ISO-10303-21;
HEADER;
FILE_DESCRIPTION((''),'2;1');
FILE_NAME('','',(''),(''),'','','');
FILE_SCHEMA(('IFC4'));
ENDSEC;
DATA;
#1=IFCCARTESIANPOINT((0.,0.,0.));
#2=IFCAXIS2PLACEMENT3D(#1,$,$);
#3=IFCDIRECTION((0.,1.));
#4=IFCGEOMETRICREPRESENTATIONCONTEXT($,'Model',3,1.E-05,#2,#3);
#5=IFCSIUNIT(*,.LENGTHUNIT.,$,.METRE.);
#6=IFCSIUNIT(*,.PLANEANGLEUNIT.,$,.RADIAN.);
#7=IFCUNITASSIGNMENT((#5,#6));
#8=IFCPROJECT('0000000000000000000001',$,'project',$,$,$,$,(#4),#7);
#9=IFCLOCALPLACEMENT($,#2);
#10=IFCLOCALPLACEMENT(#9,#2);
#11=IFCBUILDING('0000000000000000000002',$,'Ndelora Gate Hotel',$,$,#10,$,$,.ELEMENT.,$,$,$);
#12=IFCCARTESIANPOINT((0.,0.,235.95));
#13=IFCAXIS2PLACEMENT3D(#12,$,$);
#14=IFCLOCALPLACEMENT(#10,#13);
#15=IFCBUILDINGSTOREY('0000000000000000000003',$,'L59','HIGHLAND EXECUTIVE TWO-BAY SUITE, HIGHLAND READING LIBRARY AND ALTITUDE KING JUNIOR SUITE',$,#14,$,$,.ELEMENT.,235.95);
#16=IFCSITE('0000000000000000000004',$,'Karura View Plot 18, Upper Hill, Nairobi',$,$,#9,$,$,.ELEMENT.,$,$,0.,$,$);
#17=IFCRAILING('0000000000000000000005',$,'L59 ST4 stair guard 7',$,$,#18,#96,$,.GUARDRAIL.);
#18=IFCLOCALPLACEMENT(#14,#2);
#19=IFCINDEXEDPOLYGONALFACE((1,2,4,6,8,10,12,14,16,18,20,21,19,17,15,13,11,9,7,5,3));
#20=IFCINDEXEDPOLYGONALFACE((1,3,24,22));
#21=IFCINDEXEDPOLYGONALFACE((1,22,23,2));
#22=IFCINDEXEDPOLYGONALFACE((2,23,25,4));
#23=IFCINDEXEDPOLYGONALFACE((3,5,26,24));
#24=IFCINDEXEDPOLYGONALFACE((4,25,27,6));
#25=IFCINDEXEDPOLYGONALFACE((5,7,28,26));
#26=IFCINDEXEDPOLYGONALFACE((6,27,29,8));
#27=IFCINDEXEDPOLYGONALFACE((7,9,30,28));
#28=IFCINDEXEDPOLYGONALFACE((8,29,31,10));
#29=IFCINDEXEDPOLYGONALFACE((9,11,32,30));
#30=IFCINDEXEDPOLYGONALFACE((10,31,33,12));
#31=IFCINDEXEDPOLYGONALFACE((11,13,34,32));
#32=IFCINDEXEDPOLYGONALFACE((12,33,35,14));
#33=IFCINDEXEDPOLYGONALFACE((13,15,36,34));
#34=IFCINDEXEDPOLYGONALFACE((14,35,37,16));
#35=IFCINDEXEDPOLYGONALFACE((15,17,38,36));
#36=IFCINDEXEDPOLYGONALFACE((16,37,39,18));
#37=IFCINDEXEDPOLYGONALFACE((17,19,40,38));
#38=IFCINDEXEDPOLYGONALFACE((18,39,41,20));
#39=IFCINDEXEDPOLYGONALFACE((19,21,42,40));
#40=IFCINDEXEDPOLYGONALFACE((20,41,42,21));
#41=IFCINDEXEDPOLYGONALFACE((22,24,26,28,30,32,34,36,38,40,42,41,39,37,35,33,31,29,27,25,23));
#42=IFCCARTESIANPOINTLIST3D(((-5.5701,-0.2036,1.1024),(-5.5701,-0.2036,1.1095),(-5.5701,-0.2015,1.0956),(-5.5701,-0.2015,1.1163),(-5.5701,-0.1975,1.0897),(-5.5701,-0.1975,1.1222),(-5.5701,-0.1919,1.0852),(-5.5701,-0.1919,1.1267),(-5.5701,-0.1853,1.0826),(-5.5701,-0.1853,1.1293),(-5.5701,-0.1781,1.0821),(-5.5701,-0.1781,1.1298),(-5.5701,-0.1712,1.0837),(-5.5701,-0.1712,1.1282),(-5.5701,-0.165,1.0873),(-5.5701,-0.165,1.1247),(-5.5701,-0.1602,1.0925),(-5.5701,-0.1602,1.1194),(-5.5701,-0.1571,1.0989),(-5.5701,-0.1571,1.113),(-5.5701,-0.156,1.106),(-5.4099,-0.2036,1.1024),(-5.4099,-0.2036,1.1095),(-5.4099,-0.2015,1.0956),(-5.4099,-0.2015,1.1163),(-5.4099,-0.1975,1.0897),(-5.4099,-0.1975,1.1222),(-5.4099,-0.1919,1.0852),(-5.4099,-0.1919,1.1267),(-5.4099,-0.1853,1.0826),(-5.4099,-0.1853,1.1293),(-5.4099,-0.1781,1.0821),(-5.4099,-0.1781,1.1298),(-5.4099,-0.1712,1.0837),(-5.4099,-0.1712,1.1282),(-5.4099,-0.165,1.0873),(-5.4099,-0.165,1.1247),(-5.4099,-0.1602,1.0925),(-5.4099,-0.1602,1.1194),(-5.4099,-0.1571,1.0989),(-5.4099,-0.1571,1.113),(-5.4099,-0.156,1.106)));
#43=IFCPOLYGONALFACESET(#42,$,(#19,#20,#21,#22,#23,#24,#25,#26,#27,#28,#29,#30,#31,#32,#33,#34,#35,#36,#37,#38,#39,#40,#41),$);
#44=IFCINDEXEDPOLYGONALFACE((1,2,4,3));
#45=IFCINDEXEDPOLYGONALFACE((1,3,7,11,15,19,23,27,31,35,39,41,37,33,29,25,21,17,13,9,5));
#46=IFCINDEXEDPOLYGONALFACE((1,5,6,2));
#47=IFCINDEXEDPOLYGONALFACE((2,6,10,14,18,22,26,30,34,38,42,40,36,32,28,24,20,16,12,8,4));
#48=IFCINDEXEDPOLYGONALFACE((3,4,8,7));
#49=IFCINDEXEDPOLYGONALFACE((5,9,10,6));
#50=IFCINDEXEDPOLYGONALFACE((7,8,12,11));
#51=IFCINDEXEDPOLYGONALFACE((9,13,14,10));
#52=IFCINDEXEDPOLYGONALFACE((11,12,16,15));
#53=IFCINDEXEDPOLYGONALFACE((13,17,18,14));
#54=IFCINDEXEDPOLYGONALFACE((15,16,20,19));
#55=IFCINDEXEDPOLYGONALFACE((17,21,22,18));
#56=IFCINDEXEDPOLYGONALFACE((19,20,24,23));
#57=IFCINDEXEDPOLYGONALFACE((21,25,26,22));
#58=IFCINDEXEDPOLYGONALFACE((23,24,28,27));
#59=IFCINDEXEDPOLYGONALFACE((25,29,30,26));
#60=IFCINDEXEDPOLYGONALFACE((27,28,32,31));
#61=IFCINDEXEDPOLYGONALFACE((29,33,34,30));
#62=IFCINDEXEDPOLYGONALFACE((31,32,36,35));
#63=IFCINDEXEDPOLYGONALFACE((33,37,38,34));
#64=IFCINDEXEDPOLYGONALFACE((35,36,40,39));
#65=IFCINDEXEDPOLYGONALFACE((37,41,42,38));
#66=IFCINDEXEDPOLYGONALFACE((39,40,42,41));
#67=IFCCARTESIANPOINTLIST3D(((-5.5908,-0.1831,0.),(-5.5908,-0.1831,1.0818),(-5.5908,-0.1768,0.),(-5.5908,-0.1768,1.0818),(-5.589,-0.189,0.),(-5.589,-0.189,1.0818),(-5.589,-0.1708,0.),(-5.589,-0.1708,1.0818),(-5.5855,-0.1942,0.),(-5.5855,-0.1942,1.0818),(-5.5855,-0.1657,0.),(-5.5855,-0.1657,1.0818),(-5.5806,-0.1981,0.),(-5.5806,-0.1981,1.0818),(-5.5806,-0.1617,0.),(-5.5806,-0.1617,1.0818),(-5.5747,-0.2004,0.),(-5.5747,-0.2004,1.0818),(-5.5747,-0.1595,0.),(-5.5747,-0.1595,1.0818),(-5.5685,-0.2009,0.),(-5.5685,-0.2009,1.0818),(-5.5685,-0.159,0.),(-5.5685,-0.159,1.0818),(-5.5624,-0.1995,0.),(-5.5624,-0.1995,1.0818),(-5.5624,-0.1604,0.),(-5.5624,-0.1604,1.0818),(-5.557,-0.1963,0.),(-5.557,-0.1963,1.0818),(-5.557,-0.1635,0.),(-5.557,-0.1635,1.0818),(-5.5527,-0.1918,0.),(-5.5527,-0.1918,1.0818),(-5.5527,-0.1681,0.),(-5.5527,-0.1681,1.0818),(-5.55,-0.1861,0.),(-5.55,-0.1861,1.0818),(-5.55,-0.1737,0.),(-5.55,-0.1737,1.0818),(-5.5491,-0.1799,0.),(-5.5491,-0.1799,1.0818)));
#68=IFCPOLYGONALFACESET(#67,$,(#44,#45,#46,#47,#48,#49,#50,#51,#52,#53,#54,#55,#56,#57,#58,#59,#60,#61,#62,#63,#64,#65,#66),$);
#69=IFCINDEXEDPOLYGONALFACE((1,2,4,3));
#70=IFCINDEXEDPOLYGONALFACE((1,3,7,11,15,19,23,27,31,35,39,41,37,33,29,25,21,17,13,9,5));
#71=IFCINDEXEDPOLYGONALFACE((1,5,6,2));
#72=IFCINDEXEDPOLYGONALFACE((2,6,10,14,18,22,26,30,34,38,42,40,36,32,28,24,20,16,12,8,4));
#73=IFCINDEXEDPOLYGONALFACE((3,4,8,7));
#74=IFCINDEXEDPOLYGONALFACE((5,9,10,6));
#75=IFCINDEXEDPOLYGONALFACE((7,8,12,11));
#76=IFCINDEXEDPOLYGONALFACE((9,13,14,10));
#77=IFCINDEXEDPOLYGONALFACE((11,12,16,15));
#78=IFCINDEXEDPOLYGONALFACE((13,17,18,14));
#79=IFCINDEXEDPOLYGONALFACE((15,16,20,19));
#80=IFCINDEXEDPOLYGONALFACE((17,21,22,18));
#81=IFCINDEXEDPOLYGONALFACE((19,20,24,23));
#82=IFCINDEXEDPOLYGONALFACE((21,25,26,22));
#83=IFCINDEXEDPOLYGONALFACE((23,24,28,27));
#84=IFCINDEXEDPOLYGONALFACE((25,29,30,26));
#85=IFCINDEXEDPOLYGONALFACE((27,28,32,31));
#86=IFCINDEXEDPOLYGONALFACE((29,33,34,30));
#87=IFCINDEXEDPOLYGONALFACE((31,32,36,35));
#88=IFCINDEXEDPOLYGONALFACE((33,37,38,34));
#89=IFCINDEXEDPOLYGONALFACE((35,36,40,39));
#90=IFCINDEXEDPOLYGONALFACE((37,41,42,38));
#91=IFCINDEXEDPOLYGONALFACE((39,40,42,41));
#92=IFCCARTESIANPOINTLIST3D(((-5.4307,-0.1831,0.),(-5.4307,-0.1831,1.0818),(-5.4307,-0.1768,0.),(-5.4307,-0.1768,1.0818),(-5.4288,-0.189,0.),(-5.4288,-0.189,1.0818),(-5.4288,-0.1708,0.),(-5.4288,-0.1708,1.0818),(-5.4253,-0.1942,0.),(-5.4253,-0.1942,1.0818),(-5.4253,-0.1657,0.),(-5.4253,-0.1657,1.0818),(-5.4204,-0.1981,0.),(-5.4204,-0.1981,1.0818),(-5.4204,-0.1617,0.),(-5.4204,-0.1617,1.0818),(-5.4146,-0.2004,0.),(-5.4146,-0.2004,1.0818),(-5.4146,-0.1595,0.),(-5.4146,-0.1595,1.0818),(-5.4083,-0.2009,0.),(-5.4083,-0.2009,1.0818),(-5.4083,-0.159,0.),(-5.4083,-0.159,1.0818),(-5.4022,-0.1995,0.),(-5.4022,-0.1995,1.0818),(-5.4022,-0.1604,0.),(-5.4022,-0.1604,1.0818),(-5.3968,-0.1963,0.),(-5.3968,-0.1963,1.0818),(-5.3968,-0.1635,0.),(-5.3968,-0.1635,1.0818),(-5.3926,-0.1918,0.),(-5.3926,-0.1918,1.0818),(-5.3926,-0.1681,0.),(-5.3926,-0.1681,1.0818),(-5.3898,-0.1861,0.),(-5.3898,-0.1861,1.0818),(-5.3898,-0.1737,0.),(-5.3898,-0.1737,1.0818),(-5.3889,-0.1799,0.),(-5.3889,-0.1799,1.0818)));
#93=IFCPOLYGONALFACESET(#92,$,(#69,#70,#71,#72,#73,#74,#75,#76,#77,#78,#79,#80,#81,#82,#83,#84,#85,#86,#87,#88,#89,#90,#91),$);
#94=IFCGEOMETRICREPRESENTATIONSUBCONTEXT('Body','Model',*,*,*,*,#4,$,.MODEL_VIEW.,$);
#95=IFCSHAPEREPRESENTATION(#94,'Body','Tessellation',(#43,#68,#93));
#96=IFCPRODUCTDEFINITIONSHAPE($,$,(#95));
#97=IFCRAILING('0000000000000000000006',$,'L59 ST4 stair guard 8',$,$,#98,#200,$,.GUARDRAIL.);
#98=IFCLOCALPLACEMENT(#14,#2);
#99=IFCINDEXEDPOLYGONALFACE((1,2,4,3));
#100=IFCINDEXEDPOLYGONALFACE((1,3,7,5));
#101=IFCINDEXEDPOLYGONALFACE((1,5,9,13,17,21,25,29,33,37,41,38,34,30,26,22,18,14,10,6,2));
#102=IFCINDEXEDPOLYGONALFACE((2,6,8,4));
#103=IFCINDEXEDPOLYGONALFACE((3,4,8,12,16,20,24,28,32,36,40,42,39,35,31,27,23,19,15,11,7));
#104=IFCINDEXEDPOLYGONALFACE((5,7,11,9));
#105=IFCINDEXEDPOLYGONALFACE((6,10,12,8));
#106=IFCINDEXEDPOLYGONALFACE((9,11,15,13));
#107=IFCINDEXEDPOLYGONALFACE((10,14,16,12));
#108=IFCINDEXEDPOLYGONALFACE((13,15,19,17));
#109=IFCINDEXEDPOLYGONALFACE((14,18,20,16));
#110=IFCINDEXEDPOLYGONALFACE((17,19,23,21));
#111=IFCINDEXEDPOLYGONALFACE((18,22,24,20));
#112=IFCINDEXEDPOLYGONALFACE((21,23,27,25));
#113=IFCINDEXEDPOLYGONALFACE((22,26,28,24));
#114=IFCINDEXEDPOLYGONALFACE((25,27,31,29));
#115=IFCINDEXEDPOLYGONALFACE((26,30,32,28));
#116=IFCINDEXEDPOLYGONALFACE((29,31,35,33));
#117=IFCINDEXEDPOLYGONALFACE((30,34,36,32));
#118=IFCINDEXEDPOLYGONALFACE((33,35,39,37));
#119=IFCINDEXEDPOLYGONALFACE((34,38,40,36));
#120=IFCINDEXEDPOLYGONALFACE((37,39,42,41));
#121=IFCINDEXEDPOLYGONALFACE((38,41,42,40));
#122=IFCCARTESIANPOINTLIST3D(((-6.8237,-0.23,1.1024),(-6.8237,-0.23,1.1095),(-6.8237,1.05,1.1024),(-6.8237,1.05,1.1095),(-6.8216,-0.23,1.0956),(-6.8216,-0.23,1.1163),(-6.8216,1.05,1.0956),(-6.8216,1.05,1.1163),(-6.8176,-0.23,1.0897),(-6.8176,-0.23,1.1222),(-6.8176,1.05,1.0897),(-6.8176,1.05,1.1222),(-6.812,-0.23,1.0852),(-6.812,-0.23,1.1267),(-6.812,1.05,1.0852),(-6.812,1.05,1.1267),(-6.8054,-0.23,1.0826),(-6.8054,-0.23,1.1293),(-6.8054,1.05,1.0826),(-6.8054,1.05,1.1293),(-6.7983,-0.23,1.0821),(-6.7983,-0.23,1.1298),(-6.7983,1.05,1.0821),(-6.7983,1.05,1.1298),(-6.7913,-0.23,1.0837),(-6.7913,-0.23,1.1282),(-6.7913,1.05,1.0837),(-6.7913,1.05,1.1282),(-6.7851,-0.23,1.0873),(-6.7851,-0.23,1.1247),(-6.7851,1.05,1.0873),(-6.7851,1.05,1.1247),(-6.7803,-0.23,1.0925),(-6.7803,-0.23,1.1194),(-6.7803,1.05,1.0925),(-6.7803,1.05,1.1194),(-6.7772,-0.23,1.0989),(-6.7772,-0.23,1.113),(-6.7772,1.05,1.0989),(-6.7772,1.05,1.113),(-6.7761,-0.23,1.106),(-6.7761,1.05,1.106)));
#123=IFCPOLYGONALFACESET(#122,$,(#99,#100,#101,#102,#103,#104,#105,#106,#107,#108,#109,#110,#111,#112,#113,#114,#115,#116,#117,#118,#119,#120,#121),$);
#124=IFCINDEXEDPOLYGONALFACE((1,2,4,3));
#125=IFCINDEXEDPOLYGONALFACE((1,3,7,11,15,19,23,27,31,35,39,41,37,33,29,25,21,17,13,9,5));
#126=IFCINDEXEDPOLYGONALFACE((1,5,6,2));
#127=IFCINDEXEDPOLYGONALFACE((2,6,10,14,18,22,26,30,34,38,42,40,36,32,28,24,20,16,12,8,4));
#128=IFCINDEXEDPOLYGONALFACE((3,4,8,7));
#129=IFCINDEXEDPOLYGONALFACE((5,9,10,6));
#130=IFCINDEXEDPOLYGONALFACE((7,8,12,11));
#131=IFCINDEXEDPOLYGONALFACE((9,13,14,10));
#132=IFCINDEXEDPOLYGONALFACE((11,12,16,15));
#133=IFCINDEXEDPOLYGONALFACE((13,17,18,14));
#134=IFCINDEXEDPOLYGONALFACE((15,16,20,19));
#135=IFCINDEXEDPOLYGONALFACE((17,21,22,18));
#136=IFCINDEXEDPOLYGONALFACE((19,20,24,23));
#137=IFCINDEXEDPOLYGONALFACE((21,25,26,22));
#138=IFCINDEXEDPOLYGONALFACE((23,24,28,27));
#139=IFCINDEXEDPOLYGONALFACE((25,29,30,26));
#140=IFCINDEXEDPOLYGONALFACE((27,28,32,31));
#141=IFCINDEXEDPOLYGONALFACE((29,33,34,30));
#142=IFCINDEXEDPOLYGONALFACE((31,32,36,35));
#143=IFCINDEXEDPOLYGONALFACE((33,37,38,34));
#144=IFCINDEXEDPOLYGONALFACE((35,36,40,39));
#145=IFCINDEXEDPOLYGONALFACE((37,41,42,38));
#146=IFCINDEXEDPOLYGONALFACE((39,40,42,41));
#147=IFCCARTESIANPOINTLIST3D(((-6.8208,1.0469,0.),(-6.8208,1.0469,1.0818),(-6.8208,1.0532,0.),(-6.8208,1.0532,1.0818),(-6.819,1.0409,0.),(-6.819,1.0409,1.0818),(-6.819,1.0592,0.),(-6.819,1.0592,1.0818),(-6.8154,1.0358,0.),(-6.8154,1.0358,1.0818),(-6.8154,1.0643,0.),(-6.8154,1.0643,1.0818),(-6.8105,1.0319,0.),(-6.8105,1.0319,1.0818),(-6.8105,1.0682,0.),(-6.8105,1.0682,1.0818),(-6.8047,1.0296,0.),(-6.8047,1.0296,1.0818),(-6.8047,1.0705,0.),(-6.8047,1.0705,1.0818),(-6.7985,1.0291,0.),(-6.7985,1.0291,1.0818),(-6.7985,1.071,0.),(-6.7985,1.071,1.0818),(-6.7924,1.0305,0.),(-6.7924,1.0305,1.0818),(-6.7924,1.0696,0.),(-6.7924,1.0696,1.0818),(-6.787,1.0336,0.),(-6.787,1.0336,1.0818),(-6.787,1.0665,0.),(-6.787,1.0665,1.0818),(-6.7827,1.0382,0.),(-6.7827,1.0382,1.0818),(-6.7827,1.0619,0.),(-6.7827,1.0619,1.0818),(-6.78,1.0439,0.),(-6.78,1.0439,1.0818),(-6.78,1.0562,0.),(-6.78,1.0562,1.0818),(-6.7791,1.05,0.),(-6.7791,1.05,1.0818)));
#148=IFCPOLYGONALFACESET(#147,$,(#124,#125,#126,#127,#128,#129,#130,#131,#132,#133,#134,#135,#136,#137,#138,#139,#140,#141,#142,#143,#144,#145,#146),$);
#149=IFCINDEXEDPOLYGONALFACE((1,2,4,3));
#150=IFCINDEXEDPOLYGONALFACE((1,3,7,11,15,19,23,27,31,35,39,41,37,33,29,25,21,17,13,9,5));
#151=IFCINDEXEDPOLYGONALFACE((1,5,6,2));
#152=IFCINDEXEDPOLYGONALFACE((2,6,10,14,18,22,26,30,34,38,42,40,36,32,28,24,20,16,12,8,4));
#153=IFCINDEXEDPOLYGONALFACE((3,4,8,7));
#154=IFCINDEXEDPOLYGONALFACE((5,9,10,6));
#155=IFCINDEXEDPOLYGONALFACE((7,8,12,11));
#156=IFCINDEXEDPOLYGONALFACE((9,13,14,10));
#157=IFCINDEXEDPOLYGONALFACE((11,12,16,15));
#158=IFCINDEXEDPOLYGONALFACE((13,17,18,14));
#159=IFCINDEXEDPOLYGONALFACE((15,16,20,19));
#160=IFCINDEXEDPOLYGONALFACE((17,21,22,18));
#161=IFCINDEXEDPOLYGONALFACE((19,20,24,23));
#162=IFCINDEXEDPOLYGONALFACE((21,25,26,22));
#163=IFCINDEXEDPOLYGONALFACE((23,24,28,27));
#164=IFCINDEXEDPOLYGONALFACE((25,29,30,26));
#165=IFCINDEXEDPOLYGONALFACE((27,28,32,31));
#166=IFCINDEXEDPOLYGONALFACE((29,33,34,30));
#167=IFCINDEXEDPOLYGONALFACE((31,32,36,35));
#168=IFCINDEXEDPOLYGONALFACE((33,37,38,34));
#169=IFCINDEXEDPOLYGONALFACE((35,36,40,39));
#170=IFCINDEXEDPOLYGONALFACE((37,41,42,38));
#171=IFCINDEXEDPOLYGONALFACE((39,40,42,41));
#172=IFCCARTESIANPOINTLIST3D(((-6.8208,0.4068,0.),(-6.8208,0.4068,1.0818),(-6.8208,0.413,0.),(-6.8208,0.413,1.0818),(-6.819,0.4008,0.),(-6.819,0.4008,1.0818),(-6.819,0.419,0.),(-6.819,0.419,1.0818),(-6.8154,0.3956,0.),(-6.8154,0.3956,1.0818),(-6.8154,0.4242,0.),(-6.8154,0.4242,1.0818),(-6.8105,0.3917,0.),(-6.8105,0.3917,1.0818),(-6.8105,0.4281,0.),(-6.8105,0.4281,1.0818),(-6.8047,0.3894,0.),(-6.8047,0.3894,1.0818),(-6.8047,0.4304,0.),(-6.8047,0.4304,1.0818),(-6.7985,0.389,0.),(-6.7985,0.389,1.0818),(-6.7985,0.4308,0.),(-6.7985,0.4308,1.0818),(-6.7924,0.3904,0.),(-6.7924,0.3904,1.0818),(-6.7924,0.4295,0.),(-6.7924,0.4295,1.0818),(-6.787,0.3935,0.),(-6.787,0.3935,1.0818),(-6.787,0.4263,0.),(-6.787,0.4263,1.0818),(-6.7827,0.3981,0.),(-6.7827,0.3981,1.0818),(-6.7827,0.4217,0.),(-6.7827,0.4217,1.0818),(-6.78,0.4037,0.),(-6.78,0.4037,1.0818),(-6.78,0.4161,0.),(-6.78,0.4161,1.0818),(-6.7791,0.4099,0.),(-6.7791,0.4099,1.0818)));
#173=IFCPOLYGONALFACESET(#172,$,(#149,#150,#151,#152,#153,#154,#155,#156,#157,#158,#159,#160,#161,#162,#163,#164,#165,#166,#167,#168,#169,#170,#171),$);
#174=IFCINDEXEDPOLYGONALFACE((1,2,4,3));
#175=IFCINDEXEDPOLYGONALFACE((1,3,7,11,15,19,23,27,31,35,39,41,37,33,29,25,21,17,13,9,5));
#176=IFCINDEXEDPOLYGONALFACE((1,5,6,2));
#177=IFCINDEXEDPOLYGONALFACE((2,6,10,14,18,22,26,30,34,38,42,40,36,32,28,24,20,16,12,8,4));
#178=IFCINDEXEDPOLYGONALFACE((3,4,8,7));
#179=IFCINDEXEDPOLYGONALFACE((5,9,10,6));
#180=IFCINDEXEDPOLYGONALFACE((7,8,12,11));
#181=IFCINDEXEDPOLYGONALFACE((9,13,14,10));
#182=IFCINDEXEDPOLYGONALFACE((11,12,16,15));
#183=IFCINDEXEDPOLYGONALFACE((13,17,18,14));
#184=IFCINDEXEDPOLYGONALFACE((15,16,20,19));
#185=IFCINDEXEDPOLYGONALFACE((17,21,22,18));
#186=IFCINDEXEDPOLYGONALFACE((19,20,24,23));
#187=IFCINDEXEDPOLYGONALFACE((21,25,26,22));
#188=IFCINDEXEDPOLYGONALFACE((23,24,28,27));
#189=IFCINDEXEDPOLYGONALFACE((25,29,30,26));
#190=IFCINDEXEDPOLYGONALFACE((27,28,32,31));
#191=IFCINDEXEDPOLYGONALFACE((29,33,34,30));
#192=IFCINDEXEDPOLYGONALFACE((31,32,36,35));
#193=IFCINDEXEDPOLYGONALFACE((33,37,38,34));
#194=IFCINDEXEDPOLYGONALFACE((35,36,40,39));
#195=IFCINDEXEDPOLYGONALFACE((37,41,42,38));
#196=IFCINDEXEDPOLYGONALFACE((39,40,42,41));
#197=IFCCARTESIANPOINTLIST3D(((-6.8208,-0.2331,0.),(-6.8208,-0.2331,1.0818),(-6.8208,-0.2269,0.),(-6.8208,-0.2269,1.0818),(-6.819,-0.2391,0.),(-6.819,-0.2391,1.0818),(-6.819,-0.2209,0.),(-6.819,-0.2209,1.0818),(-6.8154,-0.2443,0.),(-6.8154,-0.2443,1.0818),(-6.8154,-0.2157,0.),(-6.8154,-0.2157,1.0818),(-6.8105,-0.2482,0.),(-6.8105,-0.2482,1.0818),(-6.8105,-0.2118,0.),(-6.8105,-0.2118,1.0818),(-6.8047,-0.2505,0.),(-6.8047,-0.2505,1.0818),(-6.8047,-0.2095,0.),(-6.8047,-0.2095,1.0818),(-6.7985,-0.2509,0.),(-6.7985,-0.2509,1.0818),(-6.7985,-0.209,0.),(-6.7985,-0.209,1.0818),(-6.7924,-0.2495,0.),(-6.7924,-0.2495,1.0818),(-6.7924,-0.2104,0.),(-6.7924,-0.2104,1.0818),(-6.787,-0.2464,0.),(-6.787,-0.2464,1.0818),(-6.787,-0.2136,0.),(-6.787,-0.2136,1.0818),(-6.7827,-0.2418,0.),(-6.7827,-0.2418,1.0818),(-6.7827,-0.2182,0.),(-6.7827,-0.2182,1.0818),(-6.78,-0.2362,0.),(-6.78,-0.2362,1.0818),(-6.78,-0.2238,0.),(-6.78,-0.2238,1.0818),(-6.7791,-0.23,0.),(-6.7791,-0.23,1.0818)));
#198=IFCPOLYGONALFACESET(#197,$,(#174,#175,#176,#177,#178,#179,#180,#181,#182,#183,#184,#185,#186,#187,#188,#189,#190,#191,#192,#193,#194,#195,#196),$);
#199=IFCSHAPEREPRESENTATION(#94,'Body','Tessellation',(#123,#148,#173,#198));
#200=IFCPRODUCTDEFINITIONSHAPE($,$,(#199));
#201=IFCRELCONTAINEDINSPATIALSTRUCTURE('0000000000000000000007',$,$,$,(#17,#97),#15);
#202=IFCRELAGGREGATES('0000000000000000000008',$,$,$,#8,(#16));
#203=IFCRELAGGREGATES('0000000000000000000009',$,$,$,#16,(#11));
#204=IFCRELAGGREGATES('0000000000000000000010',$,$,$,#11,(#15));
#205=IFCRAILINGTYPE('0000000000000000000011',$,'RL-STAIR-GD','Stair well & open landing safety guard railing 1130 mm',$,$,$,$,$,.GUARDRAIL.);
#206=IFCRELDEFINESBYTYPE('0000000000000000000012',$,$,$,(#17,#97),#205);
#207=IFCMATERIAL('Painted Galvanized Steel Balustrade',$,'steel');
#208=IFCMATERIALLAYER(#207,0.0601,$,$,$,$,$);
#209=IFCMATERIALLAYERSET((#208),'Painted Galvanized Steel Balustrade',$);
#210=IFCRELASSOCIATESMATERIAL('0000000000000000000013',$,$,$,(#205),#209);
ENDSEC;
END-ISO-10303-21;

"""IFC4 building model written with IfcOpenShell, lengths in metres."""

from ifc_helpers import new_model, si_unit, direction, frame, origin, origin_2d, place, context, subcontext, project, spatial, circle, extrude, material, layer, layer_set, type_object, element, save


model = new_model("IFC4")

# Units and contexts
model_context = context("Model", 3, precision=1e-05, world=origin(), true_north=direction((0.0, 1.0)))
body_context = subcontext(model_context, "Body", "Model", "MODEL_VIEW")
ifc_project = project(units=[si_unit("LENGTHUNIT", "METRE"), si_unit("PLANEANGLEUNIT", "RADIAN")], contexts=[model_context])

# Site, building, storey
site_placement = place(None, origin())
site = spatial("IfcSite", under=ifc_project, at=site_placement, Name="Karura View Plot 18, Upper Hill, Nairobi", CompositionType="ELEMENT", RefElevation=0.0)
building_placement = place(site_placement, origin())
building = spatial("IfcBuilding", under=site, at=building_placement, Name="Ndelora Gate Hotel", CompositionType="ELEMENT")
storey_placement = place(building_placement, frame((0.0, 0.0, 235.95)))
storey = spatial("IfcBuildingStorey", under=building, at=storey_placement, Name="L59", Description="HIGHLAND EXECUTIVE TWO-BAY SUITE, HIGHLAND READING LIBRARY AND ALTITUDE KING JUNIOR SUITE", CompositionType="ELEMENT", Elevation=235.95)

# Railings
ifc_material_1 = material(Name="Painted Galvanized Steel Balustrade", Category="steel")
ifc_layer_1 = layer(ifc_material_1, 0.0601)
ifc_layer_set_1 = layer_set([ifc_layer_1], Name="Painted Galvanized Steel Balustrade")
railing_type_1 = type_object("IfcRailingType", Name="RL-STAIR-GD", Description="Stair well & open landing safety guard railing 1130 mm", PredefinedType="GUARDRAIL", material=ifc_layer_set_1)
railing_1_placement = place(storey_placement, frame((-5.5701, -0.1799, 0.0)))
element("IfcRailing", 1, at=railing_1_placement, inside=storey, type_object=railing_type_1, Name="L59 ST4 stair guard 7", PredefinedType="GUARDRAIL", context=body_context, shape_type="SweptSolid", body=[
    extrude(circle(Radius=0.0239, at=origin_2d()), frame((0.0, 0.0, 1.106), z_axis=(1.0, 0.0, 0.0), x_axis=(0.0, 1.0, 0.0)), (0.0, 0.0, 1.0), 0.1602),
    extrude(circle(Radius=0.021, at=origin_2d()), origin(), (0.0, 0.0, 1.0), 1.0818),
    extrude(circle(Radius=0.021, at=origin_2d()), frame((0.1602, 0.0, 0.0)), (0.0, 0.0, 1.0), 1.0818),
])
for number, where, name in (
    (2, (-6.8, 1.05, 0.0), "L59 ST4 stair guard 8"),
):
    element("IfcRailing", number, at=place(storey_placement, frame(where)), inside=storey, type_object=railing_type_1, Name=name, PredefinedType="GUARDRAIL", context=body_context, shape_type="SweptSolid", body=[
        extrude(circle(Radius=0.0239, at=origin_2d()), frame((0.0, 0.0, 1.106), z_axis=(0.0, -1.0, 0.0), x_axis=(1.0, 0.0, 0.0)), (0.0, 0.0, 1.0), 1.28),
        extrude(circle(Radius=0.021, at=origin_2d()), origin(), (0.0, 0.0, 1.0), 1.0818),
        extrude(circle(Radius=0.021, at=origin_2d()), frame((0.0, -0.6401, 0.0)), (0.0, 0.0, 1.0), 1.0818),
        extrude(circle(Radius=0.021, at=origin_2d()), frame((0.0, -1.28, 0.0)), (0.0, 0.0, 1.0), 1.0818),
    ])

save(model, "model.ifc")
